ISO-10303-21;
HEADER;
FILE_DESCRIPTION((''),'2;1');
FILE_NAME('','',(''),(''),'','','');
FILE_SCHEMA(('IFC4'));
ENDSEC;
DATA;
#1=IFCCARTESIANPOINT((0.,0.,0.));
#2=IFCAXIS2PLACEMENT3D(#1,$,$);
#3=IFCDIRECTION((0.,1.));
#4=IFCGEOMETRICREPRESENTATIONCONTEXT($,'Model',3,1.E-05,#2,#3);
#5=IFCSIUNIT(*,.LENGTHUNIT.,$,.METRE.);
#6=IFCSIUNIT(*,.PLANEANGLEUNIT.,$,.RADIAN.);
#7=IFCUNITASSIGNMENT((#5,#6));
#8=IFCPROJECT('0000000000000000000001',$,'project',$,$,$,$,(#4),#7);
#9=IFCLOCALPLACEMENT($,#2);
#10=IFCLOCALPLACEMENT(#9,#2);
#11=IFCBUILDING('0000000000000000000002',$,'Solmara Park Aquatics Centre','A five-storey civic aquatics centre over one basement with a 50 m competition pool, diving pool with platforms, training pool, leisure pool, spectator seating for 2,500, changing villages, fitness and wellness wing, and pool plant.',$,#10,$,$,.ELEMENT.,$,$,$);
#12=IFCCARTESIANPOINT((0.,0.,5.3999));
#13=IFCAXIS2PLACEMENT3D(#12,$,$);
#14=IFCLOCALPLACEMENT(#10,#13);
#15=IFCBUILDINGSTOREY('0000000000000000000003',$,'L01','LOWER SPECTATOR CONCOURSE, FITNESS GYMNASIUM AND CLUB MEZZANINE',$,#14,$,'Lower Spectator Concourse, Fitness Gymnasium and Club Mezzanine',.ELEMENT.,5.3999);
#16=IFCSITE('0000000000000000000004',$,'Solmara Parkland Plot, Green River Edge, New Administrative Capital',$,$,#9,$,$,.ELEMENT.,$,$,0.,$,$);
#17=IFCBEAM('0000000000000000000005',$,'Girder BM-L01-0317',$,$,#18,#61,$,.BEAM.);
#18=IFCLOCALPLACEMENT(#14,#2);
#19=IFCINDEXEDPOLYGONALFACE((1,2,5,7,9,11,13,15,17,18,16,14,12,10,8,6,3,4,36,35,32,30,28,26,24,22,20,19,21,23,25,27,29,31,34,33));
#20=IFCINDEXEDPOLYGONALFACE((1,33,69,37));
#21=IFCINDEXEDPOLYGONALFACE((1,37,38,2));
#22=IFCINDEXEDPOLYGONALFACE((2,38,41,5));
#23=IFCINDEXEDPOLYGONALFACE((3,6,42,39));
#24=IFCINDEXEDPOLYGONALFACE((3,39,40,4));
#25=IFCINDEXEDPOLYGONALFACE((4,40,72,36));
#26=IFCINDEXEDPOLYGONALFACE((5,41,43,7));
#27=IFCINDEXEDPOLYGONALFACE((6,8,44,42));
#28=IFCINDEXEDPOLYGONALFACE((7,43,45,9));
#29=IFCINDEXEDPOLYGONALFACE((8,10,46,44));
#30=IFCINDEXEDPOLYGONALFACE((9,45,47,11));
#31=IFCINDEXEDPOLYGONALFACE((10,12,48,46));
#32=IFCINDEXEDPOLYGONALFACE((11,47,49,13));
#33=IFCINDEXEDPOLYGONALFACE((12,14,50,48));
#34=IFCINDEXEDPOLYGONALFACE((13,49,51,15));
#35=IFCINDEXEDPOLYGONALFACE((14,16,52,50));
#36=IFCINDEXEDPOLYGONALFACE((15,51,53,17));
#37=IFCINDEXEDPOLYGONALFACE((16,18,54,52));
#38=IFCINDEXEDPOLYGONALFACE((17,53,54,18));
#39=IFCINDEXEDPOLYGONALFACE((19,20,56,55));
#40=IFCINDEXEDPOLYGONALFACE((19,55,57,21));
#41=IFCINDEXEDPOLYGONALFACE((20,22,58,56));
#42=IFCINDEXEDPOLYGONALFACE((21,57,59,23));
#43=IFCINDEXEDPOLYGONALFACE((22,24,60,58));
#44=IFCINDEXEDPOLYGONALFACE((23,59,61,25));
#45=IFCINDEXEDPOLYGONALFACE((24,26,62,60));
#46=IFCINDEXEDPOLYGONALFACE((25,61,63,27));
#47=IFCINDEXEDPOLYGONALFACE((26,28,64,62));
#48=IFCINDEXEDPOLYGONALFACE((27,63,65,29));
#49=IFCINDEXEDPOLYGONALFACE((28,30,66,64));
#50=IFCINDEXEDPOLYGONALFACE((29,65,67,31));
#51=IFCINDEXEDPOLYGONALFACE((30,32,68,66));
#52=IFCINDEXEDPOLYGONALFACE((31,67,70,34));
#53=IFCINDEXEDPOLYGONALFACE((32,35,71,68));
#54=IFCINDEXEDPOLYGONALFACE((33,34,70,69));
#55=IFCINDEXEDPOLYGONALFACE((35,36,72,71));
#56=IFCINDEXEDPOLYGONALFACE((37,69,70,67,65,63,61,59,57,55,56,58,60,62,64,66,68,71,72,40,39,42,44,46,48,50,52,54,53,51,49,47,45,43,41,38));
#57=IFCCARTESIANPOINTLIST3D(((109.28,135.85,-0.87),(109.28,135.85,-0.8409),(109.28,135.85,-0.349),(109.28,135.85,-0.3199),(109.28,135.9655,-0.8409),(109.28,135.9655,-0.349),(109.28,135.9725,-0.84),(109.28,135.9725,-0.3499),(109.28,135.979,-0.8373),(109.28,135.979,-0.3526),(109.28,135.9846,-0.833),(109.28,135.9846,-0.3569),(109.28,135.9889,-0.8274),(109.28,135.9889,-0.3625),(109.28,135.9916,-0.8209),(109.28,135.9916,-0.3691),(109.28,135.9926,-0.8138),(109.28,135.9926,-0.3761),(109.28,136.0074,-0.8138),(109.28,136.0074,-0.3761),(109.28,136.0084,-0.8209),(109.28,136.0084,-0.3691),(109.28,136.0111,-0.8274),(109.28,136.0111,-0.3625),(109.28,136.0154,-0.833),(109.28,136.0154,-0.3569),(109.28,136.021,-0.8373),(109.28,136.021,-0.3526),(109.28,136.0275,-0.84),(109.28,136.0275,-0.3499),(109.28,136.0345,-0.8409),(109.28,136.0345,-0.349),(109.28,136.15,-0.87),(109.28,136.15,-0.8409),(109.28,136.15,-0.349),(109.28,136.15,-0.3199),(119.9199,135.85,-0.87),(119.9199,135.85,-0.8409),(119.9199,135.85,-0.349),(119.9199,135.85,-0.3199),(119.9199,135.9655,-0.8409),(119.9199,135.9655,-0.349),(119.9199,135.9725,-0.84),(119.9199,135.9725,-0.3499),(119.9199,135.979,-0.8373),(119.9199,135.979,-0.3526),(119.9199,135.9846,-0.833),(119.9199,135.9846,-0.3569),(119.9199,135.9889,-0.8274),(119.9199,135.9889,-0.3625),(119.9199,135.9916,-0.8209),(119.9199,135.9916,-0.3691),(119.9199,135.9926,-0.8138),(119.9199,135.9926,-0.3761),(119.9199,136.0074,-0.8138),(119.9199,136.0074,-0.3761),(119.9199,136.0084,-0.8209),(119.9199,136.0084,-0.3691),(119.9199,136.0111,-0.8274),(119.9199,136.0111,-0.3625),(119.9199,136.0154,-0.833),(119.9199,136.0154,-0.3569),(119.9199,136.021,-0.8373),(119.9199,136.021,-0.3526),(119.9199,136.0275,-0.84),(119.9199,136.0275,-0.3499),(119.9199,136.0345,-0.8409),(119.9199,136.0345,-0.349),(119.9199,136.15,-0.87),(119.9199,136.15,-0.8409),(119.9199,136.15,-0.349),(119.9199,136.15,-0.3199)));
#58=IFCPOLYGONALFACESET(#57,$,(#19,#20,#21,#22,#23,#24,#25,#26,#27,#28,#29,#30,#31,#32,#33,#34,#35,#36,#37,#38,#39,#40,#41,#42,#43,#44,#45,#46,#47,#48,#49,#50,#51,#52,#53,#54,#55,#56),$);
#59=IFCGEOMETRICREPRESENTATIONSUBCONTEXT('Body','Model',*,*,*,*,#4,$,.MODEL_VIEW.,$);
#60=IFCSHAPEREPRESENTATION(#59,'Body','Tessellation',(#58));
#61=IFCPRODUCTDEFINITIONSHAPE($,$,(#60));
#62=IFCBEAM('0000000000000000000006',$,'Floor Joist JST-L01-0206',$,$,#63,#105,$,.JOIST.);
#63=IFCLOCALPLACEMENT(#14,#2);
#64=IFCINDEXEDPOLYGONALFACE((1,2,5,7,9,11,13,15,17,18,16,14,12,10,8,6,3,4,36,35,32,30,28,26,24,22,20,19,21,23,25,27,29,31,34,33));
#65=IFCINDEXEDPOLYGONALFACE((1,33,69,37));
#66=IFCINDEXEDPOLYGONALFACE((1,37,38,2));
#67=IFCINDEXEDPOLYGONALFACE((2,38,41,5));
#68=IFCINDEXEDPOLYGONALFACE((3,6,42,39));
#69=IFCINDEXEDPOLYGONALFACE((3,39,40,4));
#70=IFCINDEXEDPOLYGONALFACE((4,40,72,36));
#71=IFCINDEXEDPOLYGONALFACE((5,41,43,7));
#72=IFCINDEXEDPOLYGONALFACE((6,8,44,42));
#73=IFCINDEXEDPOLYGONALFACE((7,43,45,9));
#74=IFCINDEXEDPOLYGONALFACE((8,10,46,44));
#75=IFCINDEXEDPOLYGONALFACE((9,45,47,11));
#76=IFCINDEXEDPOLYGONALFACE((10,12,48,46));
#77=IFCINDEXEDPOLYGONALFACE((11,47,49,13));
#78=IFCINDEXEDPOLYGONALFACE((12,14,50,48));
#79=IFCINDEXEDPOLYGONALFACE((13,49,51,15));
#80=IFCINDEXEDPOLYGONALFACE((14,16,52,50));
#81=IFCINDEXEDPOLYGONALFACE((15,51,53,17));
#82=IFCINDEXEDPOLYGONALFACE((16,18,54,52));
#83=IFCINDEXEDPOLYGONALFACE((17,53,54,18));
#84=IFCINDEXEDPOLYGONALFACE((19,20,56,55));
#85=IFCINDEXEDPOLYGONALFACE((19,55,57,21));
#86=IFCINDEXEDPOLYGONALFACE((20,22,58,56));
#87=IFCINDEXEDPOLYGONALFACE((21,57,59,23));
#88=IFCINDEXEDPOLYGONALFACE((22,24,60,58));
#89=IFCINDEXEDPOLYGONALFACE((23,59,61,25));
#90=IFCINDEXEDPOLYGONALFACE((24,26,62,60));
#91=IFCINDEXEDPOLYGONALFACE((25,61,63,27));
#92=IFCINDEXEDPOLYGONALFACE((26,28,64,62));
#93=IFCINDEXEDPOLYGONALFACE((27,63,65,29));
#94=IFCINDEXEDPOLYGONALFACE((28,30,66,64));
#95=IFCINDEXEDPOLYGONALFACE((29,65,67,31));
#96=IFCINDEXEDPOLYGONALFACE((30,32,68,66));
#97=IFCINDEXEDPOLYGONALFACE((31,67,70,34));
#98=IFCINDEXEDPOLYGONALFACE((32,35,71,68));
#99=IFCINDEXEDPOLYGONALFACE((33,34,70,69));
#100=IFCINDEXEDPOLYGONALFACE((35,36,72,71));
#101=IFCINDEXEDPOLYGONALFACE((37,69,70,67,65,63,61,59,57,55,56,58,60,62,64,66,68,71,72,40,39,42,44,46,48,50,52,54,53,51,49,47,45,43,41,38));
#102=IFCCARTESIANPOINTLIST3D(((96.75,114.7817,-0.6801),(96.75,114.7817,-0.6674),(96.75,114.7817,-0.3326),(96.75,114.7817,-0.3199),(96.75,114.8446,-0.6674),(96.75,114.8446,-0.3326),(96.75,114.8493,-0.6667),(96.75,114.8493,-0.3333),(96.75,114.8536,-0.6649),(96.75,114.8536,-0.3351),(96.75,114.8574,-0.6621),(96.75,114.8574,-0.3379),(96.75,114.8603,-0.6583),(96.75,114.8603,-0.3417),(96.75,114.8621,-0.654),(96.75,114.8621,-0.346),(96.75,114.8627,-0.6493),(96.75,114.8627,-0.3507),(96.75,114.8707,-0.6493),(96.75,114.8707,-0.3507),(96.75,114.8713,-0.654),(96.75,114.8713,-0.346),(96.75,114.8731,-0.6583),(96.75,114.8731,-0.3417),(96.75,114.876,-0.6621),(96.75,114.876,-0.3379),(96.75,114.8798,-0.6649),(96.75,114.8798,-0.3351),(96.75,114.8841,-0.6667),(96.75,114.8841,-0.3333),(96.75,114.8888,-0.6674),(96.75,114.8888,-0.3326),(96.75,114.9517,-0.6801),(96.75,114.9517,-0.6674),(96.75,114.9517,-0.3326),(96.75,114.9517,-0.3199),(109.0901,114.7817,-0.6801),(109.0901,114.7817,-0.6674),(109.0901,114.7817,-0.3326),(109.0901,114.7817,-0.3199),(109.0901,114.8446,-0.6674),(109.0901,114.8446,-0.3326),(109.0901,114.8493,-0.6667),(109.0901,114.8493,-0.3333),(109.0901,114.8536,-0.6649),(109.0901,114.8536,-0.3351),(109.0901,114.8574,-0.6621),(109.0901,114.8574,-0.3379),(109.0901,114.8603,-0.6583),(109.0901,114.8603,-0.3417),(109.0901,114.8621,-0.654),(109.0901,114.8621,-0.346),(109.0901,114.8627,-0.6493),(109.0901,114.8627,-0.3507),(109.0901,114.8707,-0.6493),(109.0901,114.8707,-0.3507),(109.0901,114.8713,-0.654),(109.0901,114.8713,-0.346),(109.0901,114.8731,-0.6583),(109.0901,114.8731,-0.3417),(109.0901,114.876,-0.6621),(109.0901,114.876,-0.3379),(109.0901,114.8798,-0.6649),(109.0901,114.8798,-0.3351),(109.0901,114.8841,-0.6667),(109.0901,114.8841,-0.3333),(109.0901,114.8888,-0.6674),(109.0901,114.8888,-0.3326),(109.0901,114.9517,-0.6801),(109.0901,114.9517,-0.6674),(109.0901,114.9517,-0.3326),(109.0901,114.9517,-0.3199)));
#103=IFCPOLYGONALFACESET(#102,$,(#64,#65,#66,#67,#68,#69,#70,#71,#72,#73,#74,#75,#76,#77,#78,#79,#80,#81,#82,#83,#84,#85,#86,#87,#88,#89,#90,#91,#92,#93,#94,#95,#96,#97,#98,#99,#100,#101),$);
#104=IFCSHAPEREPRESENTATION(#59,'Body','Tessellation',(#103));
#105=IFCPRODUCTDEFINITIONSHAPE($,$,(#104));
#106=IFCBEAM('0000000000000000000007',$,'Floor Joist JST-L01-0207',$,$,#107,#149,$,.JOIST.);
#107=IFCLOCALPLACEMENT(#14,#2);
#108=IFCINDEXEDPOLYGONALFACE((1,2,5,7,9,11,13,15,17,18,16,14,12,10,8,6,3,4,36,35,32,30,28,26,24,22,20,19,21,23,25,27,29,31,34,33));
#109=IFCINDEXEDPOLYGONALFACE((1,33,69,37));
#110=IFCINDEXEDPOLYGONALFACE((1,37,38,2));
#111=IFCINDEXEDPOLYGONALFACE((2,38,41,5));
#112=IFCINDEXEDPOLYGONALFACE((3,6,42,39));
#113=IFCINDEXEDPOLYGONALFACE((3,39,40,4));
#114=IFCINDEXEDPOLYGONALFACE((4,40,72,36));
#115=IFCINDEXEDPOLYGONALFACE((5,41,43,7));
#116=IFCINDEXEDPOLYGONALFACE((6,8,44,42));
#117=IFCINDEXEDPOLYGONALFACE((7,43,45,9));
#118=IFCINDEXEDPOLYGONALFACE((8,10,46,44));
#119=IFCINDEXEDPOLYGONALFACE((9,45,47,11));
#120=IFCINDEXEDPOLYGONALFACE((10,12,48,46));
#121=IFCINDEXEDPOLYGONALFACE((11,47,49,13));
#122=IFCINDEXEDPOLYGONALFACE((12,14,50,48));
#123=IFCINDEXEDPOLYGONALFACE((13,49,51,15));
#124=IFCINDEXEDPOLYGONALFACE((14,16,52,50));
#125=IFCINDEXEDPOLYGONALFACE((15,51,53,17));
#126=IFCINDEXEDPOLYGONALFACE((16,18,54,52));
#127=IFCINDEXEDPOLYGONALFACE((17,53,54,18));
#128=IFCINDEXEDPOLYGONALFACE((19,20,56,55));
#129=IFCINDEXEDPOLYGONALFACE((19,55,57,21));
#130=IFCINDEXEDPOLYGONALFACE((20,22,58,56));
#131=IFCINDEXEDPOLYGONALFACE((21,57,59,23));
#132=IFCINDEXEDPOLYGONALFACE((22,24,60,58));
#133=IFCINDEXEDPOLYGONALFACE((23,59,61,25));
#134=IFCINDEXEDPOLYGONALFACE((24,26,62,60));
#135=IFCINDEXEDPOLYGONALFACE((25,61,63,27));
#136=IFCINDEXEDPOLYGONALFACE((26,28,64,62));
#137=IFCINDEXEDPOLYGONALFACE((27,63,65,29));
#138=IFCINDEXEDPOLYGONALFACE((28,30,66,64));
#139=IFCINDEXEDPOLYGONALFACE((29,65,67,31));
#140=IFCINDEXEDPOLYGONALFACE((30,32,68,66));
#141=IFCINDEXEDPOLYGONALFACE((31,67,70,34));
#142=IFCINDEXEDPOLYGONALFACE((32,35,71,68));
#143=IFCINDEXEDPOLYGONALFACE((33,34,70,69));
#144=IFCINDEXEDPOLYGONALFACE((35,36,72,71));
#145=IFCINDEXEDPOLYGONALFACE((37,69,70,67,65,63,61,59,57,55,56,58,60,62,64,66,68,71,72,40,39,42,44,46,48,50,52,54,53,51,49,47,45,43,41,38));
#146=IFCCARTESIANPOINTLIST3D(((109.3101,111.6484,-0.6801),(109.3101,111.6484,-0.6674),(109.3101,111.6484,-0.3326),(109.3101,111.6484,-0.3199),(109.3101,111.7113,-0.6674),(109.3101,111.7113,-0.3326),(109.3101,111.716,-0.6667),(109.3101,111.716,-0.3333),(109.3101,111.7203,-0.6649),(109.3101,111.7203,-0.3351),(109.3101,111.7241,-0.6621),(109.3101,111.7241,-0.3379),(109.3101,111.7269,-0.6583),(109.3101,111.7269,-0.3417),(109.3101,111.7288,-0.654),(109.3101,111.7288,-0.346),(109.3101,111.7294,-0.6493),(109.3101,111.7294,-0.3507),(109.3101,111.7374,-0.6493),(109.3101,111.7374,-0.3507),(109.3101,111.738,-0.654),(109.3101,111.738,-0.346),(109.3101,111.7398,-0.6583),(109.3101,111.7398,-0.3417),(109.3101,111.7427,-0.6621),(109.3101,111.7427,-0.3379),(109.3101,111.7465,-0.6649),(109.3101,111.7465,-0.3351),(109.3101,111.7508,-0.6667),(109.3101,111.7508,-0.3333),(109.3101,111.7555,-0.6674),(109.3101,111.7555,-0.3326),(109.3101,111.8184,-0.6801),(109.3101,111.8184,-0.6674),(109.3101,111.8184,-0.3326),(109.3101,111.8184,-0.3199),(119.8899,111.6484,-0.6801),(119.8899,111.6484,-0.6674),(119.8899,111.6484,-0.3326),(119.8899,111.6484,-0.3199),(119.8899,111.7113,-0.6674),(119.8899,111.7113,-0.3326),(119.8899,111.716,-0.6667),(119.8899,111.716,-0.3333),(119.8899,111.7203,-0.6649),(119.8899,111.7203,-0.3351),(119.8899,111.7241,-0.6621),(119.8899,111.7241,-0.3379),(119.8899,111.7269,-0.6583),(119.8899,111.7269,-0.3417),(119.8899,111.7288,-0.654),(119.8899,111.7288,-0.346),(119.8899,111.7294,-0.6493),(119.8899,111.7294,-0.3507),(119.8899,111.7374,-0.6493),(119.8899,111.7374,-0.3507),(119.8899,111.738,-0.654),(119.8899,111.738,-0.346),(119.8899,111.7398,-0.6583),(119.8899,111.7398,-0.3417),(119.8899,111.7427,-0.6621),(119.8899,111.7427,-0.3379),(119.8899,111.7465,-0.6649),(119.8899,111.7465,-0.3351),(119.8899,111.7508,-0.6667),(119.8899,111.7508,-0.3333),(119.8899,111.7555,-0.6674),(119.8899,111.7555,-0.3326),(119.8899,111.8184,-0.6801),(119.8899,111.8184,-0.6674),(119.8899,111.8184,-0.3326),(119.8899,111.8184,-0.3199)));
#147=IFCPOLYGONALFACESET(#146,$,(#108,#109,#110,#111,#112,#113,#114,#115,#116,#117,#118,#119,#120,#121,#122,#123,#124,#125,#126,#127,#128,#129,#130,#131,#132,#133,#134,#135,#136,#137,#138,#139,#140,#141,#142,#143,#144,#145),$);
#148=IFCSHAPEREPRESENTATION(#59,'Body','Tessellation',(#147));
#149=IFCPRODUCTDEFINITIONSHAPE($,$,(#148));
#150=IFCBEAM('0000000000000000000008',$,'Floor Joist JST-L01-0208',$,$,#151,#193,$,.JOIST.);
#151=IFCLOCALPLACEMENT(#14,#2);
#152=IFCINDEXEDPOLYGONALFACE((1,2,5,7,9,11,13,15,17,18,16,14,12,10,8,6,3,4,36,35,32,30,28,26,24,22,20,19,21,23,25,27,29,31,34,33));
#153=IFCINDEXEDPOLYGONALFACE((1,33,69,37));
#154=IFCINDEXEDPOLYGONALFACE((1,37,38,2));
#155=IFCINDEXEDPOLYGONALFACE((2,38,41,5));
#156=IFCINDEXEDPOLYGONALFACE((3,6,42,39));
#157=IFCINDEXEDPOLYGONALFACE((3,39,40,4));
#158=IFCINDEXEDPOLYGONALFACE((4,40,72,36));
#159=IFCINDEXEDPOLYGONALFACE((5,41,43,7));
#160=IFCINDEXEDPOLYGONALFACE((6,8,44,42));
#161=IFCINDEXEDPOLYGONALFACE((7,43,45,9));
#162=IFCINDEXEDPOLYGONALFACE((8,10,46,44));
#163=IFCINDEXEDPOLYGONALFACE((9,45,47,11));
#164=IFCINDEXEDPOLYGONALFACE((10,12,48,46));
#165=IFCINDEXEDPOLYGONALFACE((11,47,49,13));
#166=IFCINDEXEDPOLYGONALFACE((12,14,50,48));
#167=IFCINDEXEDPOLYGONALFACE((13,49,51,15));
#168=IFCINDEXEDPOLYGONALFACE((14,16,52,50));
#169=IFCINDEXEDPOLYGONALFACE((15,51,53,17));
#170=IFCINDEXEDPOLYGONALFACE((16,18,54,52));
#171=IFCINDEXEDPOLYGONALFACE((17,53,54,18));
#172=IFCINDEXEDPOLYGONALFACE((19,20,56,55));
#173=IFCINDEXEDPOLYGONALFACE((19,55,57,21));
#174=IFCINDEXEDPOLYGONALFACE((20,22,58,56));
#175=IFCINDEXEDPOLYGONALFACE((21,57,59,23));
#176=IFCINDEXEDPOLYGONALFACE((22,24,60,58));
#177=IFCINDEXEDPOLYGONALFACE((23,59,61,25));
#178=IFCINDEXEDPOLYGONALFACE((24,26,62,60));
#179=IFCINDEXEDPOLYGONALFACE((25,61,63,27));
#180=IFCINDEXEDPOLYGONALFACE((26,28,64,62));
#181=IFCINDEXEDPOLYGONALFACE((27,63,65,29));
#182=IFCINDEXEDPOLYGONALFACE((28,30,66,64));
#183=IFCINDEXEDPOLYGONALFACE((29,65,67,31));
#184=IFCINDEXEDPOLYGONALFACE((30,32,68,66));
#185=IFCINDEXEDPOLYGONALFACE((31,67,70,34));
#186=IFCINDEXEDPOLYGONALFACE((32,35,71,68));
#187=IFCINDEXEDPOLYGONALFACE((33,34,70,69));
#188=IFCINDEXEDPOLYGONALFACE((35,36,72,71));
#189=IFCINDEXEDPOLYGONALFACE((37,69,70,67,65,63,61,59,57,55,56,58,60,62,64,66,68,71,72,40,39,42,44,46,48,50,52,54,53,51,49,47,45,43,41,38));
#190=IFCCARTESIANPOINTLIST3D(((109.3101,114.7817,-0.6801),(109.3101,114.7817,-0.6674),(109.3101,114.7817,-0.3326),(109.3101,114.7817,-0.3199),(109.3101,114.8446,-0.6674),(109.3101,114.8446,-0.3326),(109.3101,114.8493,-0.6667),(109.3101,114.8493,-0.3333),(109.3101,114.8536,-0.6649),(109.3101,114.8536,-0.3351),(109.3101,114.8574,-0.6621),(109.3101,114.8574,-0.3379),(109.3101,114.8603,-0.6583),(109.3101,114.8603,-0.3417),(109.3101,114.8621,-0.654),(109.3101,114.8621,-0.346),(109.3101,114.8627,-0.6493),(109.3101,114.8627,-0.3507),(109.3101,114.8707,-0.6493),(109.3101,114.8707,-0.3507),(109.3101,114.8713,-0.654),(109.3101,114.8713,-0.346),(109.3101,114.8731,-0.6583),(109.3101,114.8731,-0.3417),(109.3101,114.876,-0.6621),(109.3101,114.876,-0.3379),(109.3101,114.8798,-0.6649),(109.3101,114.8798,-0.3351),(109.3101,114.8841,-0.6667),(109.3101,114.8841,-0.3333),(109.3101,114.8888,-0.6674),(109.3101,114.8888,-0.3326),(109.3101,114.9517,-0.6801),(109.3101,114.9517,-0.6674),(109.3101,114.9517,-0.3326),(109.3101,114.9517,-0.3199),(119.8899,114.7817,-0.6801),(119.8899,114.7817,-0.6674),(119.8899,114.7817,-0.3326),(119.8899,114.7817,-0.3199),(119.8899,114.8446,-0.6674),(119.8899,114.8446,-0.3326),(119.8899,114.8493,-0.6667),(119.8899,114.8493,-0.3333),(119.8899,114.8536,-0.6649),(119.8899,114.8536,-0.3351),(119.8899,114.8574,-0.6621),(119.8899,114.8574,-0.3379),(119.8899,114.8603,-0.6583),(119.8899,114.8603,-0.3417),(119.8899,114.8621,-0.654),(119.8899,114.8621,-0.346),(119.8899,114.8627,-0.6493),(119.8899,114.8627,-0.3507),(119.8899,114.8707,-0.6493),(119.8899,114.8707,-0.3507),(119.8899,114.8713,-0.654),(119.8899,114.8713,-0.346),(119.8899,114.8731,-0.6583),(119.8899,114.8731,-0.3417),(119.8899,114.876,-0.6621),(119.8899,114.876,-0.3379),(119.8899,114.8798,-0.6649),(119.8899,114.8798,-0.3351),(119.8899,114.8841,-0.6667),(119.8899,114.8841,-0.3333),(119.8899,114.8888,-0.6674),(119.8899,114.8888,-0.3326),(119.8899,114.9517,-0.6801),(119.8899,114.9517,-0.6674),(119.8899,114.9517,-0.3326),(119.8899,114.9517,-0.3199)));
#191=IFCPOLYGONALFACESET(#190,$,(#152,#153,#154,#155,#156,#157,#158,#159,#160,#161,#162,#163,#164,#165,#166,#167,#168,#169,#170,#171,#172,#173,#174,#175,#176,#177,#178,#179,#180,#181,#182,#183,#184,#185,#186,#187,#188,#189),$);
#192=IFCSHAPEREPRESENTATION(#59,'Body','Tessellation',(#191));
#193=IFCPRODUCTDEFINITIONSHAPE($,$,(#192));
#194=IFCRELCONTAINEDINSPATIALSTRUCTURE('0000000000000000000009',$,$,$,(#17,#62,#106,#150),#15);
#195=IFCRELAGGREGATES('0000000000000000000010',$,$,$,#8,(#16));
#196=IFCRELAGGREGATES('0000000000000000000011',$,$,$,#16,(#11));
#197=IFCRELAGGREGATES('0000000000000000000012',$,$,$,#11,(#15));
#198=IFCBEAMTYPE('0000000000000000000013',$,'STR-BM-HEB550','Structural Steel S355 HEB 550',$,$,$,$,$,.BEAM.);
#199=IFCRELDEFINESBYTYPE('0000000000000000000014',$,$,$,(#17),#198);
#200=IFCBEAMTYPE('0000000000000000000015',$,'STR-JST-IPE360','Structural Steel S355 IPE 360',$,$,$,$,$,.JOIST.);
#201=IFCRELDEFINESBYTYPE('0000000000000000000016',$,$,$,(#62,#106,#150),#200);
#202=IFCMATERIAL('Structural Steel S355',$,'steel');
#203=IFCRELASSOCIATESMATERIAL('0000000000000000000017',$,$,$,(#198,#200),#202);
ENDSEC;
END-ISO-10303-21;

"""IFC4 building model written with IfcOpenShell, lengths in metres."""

from ifc_helpers import new_model, si_unit, direction, frame, origin, origin_2d, place, context, subcontext, project, spatial, i_section, extrude, material, material_profile, profile_set, type_object, element, save


model = new_model("IFC4")

# Units and contexts
model_context = context("Model", 3, precision=1e-05, world=origin(), true_north=direction((0.0, 1.0)))
body_context = subcontext(model_context, "Body", "Model", "MODEL_VIEW")
ifc_project = project(units=[si_unit("LENGTHUNIT", "METRE"), si_unit("PLANEANGLEUNIT", "RADIAN")], contexts=[model_context])

# Site, building, storey
site_placement = place(None, origin())
site = spatial("IfcSite", under=ifc_project, at=site_placement, Name="Solmara Parkland Plot, Green River Edge, New Administrative Capital", CompositionType="ELEMENT", RefElevation=0.0)
building_placement = place(site_placement, origin())
building = spatial("IfcBuilding", under=site, at=building_placement, Name="Solmara Park Aquatics Centre", Description="A five-storey civic aquatics centre over one basement with a 50 m competition pool, diving pool with platforms, training pool, leisure pool, spectator seating for 2,500, changing villages, fitness and wellness wing, and pool plant.", CompositionType="ELEMENT")
storey_placement = place(building_placement, frame((0.0, 0.0, 5.3999)))
storey = spatial("IfcBuildingStorey", under=building, at=storey_placement, Name="L01", Description="LOWER SPECTATOR CONCOURSE, FITNESS GYMNASIUM AND CLUB MEZZANINE", LongName="Lower Spectator Concourse, Fitness Gymnasium and Club Mezzanine", CompositionType="ELEMENT", Elevation=5.3999)

# Shared definitions
ifc_material_1 = material(Name="Structural Steel S355", Category="steel")

# Beams
ifc_material_profile_1 = material_profile(ifc_material_1, i_section(OverallWidth=0.3, OverallDepth=0.55, WebThickness=0.0149, FlangeThickness=0.0291, FilletRadius=0.0271, at=origin_2d()), Name="HEB 550")
ifc_profile_set_1 = profile_set([ifc_material_profile_1], Name="Structural Steel S355")
beam_type_1 = type_object("IfcBeamType", Name="STR-BM-HEB550", Description="Structural Steel S355 HEB 550", PredefinedType="BEAM", material=ifc_profile_set_1)
for number, where, z_axis, x_axis, name in (
    (1, (109.28, 136.0, -0.595), (1.0, 0.0, 0.0), (0.0, 1.0, 0.0), "Girder BM-L01-0317"),
):
    element("IfcBeam", number, at=place(storey_placement, frame(where, z_axis=z_axis, x_axis=x_axis)), inside=storey, type_object=beam_type_1, Name=name, PredefinedType="BEAM", context=body_context, shape_type="SweptSolid", body=[
        extrude(i_section(OverallWidth=0.3, OverallDepth=0.55, WebThickness=0.0149, FlangeThickness=0.0291, FilletRadius=0.0271, at=origin_2d()), origin(), (0.0, 0.0, 1.0), 10.6399),
    ])
ifc_material_profile_2 = material_profile(ifc_material_1, i_section(OverallWidth=0.1699, OverallDepth=0.3601, WebThickness=0.0081, FlangeThickness=0.0127, FilletRadius=0.0181, at=origin_2d()), Name="IPE 360")
ifc_profile_set_2 = profile_set([ifc_material_profile_2], Name="Structural Steel S355")
beam_type_2 = type_object("IfcBeamType", Name="STR-JST-IPE360", Description="Structural Steel S355 IPE 360", PredefinedType="JOIST", material=ifc_profile_set_2)
beam_1_placement = place(storey_placement, frame((96.75, 114.8667, -0.5), z_axis=(1.0, 0.0, 0.0), x_axis=(0.0, 1.0, 0.0)))
element("IfcBeam", 2, at=beam_1_placement, inside=storey, type_object=beam_type_2, Name="Floor Joist JST-L01-0206", PredefinedType="JOIST", context=body_context, shape_type="SweptSolid", body=[
    extrude(i_section(OverallWidth=0.1699, OverallDepth=0.3601, WebThickness=0.0081, FlangeThickness=0.0127, FilletRadius=0.0181, at=origin_2d()), origin(), (0.0, 0.0, 1.0), 12.3401),
])
for number, where, z_axis, x_axis, name in (
    (3, (109.3101, 111.7334, -0.5), (1.0, 0.0, 0.0), (0.0, 1.0, 0.0), "Floor Joist JST-L01-0207"),
    (4, (109.3101, 114.8667, -0.5), (1.0, 0.0, 0.0), (0.0, 1.0, 0.0), "Floor Joist JST-L01-0208"),
):
    element("IfcBeam", number, at=place(storey_placement, frame(where, z_axis=z_axis, x_axis=x_axis)), inside=storey, type_object=beam_type_2, Name=name, PredefinedType="JOIST", context=body_context, shape_type="SweptSolid", body=[
        extrude(i_section(OverallWidth=0.1699, OverallDepth=0.3601, WebThickness=0.0081, FlangeThickness=0.0127, FilletRadius=0.0181, at=origin_2d()), origin(), (0.0, 0.0, 1.0), 10.5798),
    ])

save(model, "model.ifc")
